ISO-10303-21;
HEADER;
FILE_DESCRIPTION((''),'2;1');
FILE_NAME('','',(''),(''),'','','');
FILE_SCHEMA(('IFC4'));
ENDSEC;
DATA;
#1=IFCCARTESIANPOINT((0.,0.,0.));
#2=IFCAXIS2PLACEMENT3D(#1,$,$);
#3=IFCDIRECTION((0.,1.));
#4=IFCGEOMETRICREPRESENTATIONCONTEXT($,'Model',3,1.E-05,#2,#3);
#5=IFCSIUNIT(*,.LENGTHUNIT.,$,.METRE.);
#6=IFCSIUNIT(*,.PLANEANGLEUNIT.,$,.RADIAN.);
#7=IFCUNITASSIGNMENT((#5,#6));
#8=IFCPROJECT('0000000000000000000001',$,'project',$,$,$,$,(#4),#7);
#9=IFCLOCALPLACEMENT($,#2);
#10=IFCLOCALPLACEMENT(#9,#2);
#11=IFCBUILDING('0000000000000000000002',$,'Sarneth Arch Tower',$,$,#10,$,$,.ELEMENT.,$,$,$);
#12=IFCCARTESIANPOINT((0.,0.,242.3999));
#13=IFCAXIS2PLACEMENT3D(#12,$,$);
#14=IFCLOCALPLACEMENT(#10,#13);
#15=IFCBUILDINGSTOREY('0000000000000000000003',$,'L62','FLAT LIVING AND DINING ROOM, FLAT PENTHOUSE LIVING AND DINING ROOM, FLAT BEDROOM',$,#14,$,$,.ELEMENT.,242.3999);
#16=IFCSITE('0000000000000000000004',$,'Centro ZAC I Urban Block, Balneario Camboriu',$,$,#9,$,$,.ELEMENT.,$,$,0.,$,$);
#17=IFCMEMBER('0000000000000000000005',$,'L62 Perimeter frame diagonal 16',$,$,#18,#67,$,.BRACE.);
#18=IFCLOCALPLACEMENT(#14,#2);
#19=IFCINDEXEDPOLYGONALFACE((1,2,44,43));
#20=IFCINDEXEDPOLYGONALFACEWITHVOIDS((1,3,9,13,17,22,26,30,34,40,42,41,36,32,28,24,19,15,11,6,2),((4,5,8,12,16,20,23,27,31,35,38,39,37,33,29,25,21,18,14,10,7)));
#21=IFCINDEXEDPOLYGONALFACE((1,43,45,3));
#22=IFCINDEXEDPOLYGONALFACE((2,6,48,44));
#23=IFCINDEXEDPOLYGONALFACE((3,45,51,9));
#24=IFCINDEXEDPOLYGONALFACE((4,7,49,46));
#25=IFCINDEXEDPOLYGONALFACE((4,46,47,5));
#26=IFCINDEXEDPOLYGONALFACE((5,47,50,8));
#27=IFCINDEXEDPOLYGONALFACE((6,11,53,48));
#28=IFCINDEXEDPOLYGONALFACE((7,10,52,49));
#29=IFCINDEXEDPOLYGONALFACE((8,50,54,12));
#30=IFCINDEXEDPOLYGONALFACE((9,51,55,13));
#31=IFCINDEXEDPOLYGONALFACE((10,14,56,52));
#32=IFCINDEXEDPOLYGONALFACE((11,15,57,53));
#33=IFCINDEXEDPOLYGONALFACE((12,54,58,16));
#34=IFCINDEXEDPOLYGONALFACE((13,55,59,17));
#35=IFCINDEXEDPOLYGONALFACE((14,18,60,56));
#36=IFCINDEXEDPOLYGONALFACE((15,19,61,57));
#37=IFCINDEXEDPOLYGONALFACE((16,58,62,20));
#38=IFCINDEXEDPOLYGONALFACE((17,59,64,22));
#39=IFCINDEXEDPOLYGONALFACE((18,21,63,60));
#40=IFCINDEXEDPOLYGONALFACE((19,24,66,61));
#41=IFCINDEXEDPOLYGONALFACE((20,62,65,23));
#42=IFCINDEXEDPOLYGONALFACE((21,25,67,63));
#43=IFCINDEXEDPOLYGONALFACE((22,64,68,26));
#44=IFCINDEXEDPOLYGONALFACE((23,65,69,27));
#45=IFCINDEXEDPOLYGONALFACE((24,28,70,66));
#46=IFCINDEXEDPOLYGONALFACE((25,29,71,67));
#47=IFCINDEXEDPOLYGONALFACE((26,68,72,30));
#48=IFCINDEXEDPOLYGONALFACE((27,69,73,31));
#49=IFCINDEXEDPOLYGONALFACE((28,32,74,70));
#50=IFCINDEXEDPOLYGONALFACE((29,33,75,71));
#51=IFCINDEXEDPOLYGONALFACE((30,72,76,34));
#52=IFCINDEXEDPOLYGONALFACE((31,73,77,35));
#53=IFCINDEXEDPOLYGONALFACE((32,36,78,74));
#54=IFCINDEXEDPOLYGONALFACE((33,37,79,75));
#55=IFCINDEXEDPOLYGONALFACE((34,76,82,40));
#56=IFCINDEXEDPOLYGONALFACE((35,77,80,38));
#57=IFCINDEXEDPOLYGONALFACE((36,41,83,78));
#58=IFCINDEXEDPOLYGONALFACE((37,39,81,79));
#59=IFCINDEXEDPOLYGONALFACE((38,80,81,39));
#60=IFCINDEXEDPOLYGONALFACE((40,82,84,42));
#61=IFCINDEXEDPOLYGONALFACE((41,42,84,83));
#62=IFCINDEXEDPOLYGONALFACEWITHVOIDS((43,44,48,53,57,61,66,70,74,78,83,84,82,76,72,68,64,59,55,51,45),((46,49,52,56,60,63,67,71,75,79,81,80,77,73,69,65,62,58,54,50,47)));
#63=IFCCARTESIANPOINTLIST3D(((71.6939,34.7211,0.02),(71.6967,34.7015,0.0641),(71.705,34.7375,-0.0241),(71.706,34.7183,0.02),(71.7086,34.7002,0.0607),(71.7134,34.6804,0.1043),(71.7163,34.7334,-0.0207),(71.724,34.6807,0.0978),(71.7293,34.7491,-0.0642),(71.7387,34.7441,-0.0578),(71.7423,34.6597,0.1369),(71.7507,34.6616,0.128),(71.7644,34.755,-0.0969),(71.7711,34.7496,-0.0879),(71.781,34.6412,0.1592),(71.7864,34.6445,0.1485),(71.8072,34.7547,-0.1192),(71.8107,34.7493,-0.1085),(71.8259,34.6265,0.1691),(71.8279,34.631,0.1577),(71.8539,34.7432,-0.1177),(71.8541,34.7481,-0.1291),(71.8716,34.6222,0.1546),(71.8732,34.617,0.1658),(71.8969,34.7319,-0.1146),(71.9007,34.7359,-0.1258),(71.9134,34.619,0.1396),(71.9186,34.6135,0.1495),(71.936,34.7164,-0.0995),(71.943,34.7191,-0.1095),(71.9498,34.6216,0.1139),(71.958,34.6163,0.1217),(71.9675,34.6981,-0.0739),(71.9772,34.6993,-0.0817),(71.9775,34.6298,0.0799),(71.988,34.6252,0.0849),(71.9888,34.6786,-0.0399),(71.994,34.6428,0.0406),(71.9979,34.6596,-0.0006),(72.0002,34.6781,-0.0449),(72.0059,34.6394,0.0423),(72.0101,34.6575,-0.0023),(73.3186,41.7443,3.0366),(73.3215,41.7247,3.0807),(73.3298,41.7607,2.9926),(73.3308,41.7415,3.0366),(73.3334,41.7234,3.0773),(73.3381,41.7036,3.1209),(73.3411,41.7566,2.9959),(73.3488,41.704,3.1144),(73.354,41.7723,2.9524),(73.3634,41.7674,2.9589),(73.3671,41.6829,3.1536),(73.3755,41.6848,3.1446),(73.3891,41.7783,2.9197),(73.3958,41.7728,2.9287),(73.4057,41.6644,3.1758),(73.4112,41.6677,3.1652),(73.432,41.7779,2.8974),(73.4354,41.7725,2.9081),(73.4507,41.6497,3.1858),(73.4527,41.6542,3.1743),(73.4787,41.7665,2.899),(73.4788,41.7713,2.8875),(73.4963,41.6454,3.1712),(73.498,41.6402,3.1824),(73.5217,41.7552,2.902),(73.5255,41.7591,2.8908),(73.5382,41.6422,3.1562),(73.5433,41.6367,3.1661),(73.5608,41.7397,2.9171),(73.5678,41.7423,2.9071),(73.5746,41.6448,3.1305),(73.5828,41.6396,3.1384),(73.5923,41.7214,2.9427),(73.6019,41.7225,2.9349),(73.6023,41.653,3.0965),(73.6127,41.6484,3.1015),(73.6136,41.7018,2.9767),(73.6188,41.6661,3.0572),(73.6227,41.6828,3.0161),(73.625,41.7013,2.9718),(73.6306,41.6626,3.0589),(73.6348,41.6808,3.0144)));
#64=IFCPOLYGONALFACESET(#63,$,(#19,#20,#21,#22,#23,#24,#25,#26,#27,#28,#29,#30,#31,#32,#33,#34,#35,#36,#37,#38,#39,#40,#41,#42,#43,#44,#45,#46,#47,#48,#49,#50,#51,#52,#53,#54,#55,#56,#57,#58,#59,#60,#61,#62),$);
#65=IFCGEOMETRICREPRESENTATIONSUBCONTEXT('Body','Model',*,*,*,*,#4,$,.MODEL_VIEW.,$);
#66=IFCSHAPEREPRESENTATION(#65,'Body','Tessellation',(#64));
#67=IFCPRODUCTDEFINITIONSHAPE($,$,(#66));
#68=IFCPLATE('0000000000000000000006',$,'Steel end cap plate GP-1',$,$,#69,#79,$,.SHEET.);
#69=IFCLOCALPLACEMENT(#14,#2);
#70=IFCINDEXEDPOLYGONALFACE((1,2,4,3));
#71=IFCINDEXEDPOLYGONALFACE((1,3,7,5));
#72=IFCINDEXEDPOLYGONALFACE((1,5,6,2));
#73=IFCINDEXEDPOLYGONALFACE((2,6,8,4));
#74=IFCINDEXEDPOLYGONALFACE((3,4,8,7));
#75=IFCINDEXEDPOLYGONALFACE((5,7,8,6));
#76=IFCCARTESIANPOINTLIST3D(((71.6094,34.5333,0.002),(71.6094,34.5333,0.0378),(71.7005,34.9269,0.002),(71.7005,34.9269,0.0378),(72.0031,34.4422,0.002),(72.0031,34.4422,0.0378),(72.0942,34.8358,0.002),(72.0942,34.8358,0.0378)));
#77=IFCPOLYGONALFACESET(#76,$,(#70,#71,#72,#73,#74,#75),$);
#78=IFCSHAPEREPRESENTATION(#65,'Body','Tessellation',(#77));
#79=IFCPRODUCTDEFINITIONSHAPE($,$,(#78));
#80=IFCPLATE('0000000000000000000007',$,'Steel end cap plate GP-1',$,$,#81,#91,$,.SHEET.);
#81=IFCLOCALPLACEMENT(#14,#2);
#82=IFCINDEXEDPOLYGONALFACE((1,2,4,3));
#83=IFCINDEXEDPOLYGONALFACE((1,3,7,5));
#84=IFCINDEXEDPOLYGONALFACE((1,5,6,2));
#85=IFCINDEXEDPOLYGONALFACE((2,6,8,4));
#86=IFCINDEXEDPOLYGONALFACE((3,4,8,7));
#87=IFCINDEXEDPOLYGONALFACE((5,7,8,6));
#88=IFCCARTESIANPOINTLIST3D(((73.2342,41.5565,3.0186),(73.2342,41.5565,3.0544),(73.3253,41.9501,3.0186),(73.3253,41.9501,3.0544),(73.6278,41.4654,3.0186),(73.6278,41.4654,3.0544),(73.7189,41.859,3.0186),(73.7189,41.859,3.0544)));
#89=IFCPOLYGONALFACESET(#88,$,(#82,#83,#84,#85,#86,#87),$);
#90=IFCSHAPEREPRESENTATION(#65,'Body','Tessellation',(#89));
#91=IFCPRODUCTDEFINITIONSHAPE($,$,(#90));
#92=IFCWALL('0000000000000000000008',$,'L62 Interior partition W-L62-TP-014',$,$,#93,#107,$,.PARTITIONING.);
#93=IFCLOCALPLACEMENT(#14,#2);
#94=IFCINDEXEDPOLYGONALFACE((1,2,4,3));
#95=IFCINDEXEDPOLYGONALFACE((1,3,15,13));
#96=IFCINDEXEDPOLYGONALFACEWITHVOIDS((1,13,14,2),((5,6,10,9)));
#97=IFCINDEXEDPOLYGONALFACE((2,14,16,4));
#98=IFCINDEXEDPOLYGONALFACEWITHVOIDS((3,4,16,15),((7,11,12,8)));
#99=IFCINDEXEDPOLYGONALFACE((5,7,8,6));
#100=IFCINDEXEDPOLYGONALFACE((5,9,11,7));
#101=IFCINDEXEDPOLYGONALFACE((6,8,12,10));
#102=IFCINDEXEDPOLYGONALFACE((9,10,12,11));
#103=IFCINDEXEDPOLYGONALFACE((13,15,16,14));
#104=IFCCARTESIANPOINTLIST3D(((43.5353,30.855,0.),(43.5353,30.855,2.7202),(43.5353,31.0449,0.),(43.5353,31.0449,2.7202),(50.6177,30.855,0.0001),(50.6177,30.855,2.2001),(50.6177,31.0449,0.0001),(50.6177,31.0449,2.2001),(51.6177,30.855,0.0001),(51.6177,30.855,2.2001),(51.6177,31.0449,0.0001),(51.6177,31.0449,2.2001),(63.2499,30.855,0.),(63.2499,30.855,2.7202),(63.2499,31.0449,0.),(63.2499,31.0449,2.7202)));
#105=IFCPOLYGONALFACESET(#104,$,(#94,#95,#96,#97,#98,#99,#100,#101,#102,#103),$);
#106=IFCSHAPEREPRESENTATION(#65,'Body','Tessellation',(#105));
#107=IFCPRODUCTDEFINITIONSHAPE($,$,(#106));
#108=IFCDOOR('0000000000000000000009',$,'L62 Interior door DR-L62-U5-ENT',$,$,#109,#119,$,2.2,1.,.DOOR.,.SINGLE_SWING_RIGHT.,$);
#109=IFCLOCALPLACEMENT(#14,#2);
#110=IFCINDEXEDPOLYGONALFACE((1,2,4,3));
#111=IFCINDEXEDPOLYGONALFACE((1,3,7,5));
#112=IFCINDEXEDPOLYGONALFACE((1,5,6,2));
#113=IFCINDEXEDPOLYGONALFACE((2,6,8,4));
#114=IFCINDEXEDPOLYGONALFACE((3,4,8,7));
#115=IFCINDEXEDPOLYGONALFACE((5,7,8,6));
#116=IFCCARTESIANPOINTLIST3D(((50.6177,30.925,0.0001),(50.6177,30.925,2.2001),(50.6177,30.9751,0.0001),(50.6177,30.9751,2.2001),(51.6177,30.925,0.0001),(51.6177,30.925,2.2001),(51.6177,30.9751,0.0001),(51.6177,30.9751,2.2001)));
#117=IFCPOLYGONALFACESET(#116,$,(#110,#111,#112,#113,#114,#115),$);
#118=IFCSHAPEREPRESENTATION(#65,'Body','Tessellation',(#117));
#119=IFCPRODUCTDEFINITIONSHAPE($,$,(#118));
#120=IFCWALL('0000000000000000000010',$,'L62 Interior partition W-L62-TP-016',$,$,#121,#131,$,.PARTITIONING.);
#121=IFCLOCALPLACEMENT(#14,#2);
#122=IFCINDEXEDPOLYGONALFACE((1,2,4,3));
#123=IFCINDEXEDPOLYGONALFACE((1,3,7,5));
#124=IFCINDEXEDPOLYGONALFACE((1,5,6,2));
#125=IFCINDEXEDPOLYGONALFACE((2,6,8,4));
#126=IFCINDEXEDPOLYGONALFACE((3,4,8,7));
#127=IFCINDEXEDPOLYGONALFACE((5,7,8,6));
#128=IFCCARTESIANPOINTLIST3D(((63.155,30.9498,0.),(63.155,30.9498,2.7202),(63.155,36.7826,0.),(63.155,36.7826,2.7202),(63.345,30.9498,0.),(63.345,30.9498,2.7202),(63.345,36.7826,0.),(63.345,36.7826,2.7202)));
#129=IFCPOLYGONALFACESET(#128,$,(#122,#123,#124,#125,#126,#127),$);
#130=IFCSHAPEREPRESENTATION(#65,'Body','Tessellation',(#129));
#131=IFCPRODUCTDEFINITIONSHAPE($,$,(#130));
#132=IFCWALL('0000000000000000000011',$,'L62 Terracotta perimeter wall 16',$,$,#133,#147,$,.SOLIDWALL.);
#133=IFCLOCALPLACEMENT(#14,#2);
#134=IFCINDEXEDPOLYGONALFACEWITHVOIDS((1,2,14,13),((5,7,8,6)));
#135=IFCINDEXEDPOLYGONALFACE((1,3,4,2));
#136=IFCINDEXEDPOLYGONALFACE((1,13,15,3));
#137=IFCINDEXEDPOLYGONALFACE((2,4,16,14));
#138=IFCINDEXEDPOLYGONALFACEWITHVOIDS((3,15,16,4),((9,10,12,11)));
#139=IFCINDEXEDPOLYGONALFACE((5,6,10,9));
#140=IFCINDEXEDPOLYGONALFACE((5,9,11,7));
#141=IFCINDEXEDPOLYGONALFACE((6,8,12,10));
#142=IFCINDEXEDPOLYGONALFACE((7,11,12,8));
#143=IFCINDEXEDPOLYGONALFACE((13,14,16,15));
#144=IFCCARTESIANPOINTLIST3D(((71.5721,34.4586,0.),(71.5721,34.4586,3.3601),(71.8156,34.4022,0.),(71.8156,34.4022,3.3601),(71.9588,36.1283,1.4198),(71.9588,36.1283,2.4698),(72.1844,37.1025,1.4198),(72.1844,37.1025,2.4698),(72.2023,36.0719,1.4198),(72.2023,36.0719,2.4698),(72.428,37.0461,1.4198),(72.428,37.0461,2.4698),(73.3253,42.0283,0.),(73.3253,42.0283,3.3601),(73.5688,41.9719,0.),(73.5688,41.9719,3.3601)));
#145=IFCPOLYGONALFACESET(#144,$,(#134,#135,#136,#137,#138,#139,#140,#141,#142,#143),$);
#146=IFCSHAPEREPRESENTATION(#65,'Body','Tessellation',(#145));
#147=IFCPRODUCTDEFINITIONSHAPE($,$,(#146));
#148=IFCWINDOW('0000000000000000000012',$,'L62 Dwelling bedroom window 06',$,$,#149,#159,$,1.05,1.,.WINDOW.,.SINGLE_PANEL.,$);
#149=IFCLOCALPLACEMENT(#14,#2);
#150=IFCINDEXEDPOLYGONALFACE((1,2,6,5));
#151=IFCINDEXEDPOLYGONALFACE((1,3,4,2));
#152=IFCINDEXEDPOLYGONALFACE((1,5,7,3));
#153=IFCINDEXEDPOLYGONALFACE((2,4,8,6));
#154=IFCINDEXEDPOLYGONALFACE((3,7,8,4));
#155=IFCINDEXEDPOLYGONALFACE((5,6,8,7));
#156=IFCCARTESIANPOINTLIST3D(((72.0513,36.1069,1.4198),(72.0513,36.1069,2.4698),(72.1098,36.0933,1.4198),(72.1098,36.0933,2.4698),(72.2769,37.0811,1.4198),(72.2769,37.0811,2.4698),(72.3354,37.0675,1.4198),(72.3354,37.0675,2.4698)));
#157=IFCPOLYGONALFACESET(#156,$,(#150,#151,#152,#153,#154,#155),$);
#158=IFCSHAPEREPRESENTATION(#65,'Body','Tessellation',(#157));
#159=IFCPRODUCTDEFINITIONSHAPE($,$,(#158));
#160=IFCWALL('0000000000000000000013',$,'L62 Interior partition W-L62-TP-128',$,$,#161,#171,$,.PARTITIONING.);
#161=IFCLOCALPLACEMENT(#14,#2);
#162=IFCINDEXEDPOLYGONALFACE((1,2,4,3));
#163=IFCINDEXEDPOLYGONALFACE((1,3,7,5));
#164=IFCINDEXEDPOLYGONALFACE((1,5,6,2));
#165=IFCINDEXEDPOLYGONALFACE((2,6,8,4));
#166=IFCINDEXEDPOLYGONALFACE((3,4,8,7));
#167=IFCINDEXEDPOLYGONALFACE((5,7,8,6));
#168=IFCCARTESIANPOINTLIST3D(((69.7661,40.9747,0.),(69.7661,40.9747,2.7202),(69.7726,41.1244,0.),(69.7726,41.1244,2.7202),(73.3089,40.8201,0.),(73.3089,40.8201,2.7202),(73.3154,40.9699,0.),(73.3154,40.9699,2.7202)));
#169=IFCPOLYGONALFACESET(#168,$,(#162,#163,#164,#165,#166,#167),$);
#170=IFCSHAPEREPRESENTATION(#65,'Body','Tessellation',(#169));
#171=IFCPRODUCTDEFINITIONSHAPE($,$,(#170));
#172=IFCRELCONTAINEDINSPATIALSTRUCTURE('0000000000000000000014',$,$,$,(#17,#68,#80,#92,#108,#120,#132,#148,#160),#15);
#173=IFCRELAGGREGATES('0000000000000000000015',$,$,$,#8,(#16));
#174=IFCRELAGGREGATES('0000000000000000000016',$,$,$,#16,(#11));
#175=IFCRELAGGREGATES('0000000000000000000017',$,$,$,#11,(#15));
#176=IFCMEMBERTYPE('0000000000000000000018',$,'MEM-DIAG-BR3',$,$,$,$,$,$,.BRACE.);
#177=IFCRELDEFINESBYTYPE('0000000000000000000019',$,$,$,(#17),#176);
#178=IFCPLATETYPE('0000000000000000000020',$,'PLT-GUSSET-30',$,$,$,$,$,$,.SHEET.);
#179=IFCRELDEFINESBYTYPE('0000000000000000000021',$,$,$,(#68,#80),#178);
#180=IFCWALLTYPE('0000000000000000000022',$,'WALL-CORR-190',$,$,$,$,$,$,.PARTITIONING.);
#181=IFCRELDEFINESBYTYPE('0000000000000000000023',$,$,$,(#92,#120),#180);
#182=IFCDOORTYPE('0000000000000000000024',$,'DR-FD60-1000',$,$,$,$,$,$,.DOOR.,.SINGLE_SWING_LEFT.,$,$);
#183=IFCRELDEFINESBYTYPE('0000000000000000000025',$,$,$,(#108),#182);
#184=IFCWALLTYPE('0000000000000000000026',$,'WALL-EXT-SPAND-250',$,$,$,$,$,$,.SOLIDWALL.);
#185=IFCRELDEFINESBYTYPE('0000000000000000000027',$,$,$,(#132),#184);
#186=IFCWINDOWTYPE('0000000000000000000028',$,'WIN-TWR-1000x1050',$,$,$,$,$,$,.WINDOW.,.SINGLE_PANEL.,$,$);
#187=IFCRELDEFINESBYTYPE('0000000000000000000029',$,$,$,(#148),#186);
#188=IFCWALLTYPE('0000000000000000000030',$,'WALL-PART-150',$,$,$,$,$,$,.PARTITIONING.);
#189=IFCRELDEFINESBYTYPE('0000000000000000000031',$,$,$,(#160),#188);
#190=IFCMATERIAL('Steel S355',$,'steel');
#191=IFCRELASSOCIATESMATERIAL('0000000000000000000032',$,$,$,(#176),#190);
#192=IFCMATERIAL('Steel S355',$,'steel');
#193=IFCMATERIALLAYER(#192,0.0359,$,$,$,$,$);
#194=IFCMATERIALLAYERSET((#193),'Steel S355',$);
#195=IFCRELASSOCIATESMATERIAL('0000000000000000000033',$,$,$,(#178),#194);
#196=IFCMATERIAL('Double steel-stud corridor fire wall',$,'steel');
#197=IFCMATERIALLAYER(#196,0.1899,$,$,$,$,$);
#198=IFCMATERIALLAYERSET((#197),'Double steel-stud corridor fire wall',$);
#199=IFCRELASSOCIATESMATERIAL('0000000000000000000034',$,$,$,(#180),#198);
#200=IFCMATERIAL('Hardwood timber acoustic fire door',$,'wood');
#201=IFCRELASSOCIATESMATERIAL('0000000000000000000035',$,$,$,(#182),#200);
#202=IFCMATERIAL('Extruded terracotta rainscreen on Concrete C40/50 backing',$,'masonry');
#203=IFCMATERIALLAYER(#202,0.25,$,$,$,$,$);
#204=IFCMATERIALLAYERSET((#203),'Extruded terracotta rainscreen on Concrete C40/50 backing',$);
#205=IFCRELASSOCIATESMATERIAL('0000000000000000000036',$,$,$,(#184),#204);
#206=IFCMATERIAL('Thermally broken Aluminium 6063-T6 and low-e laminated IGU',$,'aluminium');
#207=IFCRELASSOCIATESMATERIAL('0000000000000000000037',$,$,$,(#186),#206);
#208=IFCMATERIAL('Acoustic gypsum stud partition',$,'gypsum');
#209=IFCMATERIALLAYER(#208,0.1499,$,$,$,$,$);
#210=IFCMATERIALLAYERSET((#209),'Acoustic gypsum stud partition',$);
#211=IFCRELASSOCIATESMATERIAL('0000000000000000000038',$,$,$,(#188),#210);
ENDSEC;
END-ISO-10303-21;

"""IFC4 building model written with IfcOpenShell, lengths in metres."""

from ifc_helpers import new_model, si_unit, direction, frame, frame_2d, origin, origin_2d, place, context, subcontext, project, spatial, rectangle, hollow_circle, extrude, material, layer, layer_set, material_profile, profile_set, type_object, element, fill, save


model = new_model("IFC4")

# Units and contexts
model_context = context("Model", 3, precision=1e-05, world=origin(), true_north=direction((0.0, 1.0)))
body_context = subcontext(model_context, "Body", "Model", "MODEL_VIEW")
ifc_project = project(units=[si_unit("LENGTHUNIT", "METRE"), si_unit("PLANEANGLEUNIT", "RADIAN")], contexts=[model_context])

# Site, building, storey
site_placement = place(None, origin())
site = spatial("IfcSite", under=ifc_project, at=site_placement, Name="Centro ZAC I Urban Block, Balneario Camboriu", CompositionType="ELEMENT", RefElevation=0.0)
building_placement = place(site_placement, origin())
building = spatial("IfcBuilding", under=site, at=building_placement, Name="Sarneth Arch Tower", CompositionType="ELEMENT")
storey_placement = place(building_placement, frame((0.0, 0.0, 242.3999)))
storey = spatial("IfcBuildingStorey", under=building, at=storey_placement, Name="L62", Description="FLAT LIVING AND DINING ROOM, FLAT PENTHOUSE LIVING AND DINING ROOM, FLAT BEDROOM", CompositionType="ELEMENT", Elevation=242.3999)

# Member
ifc_material_1 = material(Name="Steel S355", Category="steel")
ifc_material_profile_1 = material_profile(ifc_material_1, hollow_circle(Radius=0.1621, WallThickness=0.0125, at=origin_2d()), Name="CHS324x12.5")
ifc_profile_set_1 = profile_set([ifc_material_profile_1], Name="Steel S355")
member_type_1 = type_object("IfcMemberType", Name="MEM-DIAG-BR3", PredefinedType="BRACE", material=ifc_profile_set_1)
member_1_placement = place(storey_placement, frame((71.8518, 34.6846, 0.02), z_axis=(0.207918, 0.898749, 0.386031), x_axis=(-0.974269, 0.225389, 0.0)))
element("IfcMember", 1, at=member_1_placement, inside=storey, type_object=member_type_1, Name="L62 Perimeter frame diagonal 16", PredefinedType="BRACE", context=body_context, shape_type="SweptSolid", body=[
    extrude(hollow_circle(Radius=0.1621, WallThickness=0.0125, at=origin_2d()), origin(), (0.0, 0.0, 1.0), 7.8145),
])

# Plates
ifc_material_2 = material(Name="Steel S355", Category="steel")
ifc_layer_1 = layer(ifc_material_2, 0.0359)
ifc_layer_set_1 = layer_set([ifc_layer_1], Name="Steel S355")
plate_type = type_object("IfcPlateType", Name="PLT-GUSSET-30", PredefinedType="SHEET", material=ifc_layer_set_1)
for number, where, z_axis, x_axis, name in (
    (2, (71.8518, 34.6846, 0.002), (0.0, 0.0, 1.0), (0.225461, 0.974252, 0.0), "Steel end cap plate GP-1"),
    (3, (73.4766, 41.7078, 3.0186), (0.0, 0.0, 1.0), (0.225461, 0.974252, 0.0), "Steel end cap plate GP-1"),
):
    element("IfcPlate", number, at=place(storey_placement, frame(where, z_axis=z_axis, x_axis=x_axis)), inside=storey, type_object=plate_type, Name=name, PredefinedType="SHEET", context=body_context, shape_type="SweptSolid", body=[
        extrude(rectangle(XDim=0.4041, YDim=0.4041, at=origin_2d()), origin(), (0.0, 0.0, 1.0), 0.0359),
    ])

# Wall, opening, door
ifc_material_3 = material(Name="Double steel-stud corridor fire wall", Category="steel")
ifc_layer_2 = layer(ifc_material_3, 0.1899)
ifc_layer_set_2 = layer_set([ifc_layer_2], Name="Double steel-stud corridor fire wall")
wall_type_1 = type_object("IfcWallType", Name="WALL-CORR-190", PredefinedType="PARTITIONING", material=ifc_layer_set_2)
wall_1_placement = place(storey_placement, frame((63.25, 30.95, 0.0), z_axis=(0.0, 0.0, 1.0), x_axis=(-1.0, 0.0, 0.0)))
wall_1 = element("IfcWall", 4, at=wall_1_placement, inside=storey, type_object=wall_type_1, Name="L62 Interior partition W-L62-TP-014", PredefinedType="PARTITIONING", context=body_context, shape_type="SweptSolid", body=[
    extrude(rectangle(XDim=19.7146, YDim=0.1899, at=frame_2d((9.8574, 0.0))), origin(), (0.0, 0.0, 1.0), 2.7202),
])
opening_1_placement = place(wall_1_placement, frame((11.6323, 0.0, 0.0)))
opening_1 = element("IfcOpeningElement", 5, at=opening_1_placement, cuts=wall_1, PredefinedType="OPENING", context=body_context, shape_type="SweptSolid", body=[
    extrude(rectangle(XDim=1.0, YDim=2.2, at=frame_2d((0.5, 1.1001))), frame((0.0, 0.105, 0.0), z_axis=(0.0, -1.0, 0.0), x_axis=(1.0, 0.0, 0.0)), (0.0, 0.0, 1.0), 0.21),
])
ifc_material_4 = material(Name="Hardwood timber acoustic fire door", Category="wood")
door_type_1 = type_object("IfcDoorType", Name="DR-FD60-1000", OperationType="SINGLE_SWING_LEFT", PredefinedType="DOOR", material=ifc_material_4)
door_1_placement = place(opening_1_placement, origin())
door_1 = element("IfcDoor", 6, at=door_1_placement, inside=storey, type_object=door_type_1, Name="L62 Interior door DR-L62-U5-ENT", OperationType="SINGLE_SWING_RIGHT", OverallHeight=2.2, OverallWidth=1.0, PredefinedType="DOOR", context=body_context, shape_type="SweptSolid", body=[
    extrude(rectangle(XDim=1.0, YDim=2.2, at=frame_2d((0.5, 1.1001))), frame((0.0, 0.0249, 0.0), z_axis=(0.0, -1.0, 0.0), x_axis=(1.0, 0.0, 0.0)), (0.0, 0.0, 1.0), 0.05),
])
fill(opening_1, door_1)

# Wall
wall_2_placement = place(storey_placement, frame((63.25, 36.7827, 0.0), z_axis=(0.0, 0.0, 1.0), x_axis=(0.0, -1.0, 0.0)))
element("IfcWall", 7, at=wall_2_placement, inside=storey, type_object=wall_type_1, Name="L62 Interior partition W-L62-TP-016", PredefinedType="PARTITIONING", context=body_context, shape_type="SweptSolid", body=[
    extrude(rectangle(XDim=5.8328, YDim=0.1899, at=frame_2d((2.9165, 0.0))), origin(), (0.0, 0.0, 1.0), 2.7202),
])

# Wall, opening, window
ifc_material_5 = material(Name="Extruded terracotta rainscreen on Concrete C40/50 backing", Category="masonry")
ifc_layer_3 = layer(ifc_material_5, 0.25)
ifc_layer_set_3 = layer_set([ifc_layer_3], Name="Extruded terracotta rainscreen on Concrete C40/50 backing")
wall_type_2 = type_object("IfcWallType", Name="WALL-EXT-SPAND-250", PredefinedType="SOLIDWALL", material=ifc_layer_set_3)
wall_3_placement = place(storey_placement, frame((71.6938, 34.4304, 0.0), z_axis=(0.0, 0.0, 1.0), x_axis=(0.225635, 0.974212, 0.0)))
wall_3 = element("IfcWall", 8, at=wall_3_placement, inside=storey, type_object=wall_type_2, Name="L62 Terracotta perimeter wall 16", PredefinedType="SOLIDWALL", context=body_context, shape_type="SweptSolid", body=[
    extrude(rectangle(XDim=7.77, YDim=0.25, at=frame_2d((3.885, 0.0))), origin(), (0.0, 0.0, 1.0), 3.3601),
])
opening_2_placement = place(wall_3_placement, frame((1.7139, 0.0, 1.4199)))
opening_2 = element("IfcOpeningElement", 9, at=opening_2_placement, cuts=wall_3, PredefinedType="OPENING", context=body_context, shape_type="SweptSolid", body=[
    extrude(rectangle(XDim=1.0, YDim=1.05, at=frame_2d((0.5, 0.5249))), frame((0.0, 0.135, 0.0), z_axis=(0.0, -1.0, 0.0), x_axis=(1.0, 0.0, 0.0)), (0.0, 0.0, 1.0), 0.27),
])
ifc_material_6 = material(Name="Thermally broken Aluminium 6063-T6 and low-e laminated IGU", Category="aluminium")
window_type = type_object("IfcWindowType", Name="WIN-TWR-1000x1050", PartitioningType="SINGLE_PANEL", PredefinedType="WINDOW", material=ifc_material_6)
window_placement = place(opening_2_placement, origin())
window = element("IfcWindow", 10, at=window_placement, inside=storey, type_object=window_type, Name="L62 Dwelling bedroom window 06", OverallHeight=1.05, OverallWidth=1.0, PartitioningType="SINGLE_PANEL", PredefinedType="WINDOW", context=body_context, shape_type="SweptSolid", body=[
    extrude(rectangle(XDim=1.0, YDim=1.05, at=frame_2d((0.5, 0.5249))), frame((0.0, 0.03, 0.0), z_axis=(0.0, -1.0, 0.0), x_axis=(1.0, 0.0, 0.0)), (0.0, 0.0, 1.0), 0.0601),
])
fill(opening_2, window)

# Wall
ifc_material_7 = material(Name="Acoustic gypsum stud partition", Category="gypsum")
ifc_layer_4 = layer(ifc_material_7, 0.1499)
ifc_layer_set_4 = layer_set([ifc_layer_4], Name="Acoustic gypsum stud partition")
wall_type_3 = type_object("IfcWallType", Name="WALL-PART-150", PredefinedType="PARTITIONING", material=ifc_layer_set_4)
wall_4_placement = place(storey_placement, frame((73.312, 40.895, 0.0), z_axis=(0.0, 0.0, 1.0), x_axis=(-0.99905, 0.043581, 0.0)))
element("IfcWall", 11, at=wall_4_placement, inside=storey, type_object=wall_type_3, Name="L62 Interior partition W-L62-TP-128", PredefinedType="PARTITIONING", context=body_context, shape_type="SweptSolid", body=[
    extrude(rectangle(XDim=3.5461, YDim=0.1499, at=frame_2d((1.7729, 0.0))), origin(), (0.0, 0.0, 1.0), 2.7202),
])

save(model, "model.ifc")
